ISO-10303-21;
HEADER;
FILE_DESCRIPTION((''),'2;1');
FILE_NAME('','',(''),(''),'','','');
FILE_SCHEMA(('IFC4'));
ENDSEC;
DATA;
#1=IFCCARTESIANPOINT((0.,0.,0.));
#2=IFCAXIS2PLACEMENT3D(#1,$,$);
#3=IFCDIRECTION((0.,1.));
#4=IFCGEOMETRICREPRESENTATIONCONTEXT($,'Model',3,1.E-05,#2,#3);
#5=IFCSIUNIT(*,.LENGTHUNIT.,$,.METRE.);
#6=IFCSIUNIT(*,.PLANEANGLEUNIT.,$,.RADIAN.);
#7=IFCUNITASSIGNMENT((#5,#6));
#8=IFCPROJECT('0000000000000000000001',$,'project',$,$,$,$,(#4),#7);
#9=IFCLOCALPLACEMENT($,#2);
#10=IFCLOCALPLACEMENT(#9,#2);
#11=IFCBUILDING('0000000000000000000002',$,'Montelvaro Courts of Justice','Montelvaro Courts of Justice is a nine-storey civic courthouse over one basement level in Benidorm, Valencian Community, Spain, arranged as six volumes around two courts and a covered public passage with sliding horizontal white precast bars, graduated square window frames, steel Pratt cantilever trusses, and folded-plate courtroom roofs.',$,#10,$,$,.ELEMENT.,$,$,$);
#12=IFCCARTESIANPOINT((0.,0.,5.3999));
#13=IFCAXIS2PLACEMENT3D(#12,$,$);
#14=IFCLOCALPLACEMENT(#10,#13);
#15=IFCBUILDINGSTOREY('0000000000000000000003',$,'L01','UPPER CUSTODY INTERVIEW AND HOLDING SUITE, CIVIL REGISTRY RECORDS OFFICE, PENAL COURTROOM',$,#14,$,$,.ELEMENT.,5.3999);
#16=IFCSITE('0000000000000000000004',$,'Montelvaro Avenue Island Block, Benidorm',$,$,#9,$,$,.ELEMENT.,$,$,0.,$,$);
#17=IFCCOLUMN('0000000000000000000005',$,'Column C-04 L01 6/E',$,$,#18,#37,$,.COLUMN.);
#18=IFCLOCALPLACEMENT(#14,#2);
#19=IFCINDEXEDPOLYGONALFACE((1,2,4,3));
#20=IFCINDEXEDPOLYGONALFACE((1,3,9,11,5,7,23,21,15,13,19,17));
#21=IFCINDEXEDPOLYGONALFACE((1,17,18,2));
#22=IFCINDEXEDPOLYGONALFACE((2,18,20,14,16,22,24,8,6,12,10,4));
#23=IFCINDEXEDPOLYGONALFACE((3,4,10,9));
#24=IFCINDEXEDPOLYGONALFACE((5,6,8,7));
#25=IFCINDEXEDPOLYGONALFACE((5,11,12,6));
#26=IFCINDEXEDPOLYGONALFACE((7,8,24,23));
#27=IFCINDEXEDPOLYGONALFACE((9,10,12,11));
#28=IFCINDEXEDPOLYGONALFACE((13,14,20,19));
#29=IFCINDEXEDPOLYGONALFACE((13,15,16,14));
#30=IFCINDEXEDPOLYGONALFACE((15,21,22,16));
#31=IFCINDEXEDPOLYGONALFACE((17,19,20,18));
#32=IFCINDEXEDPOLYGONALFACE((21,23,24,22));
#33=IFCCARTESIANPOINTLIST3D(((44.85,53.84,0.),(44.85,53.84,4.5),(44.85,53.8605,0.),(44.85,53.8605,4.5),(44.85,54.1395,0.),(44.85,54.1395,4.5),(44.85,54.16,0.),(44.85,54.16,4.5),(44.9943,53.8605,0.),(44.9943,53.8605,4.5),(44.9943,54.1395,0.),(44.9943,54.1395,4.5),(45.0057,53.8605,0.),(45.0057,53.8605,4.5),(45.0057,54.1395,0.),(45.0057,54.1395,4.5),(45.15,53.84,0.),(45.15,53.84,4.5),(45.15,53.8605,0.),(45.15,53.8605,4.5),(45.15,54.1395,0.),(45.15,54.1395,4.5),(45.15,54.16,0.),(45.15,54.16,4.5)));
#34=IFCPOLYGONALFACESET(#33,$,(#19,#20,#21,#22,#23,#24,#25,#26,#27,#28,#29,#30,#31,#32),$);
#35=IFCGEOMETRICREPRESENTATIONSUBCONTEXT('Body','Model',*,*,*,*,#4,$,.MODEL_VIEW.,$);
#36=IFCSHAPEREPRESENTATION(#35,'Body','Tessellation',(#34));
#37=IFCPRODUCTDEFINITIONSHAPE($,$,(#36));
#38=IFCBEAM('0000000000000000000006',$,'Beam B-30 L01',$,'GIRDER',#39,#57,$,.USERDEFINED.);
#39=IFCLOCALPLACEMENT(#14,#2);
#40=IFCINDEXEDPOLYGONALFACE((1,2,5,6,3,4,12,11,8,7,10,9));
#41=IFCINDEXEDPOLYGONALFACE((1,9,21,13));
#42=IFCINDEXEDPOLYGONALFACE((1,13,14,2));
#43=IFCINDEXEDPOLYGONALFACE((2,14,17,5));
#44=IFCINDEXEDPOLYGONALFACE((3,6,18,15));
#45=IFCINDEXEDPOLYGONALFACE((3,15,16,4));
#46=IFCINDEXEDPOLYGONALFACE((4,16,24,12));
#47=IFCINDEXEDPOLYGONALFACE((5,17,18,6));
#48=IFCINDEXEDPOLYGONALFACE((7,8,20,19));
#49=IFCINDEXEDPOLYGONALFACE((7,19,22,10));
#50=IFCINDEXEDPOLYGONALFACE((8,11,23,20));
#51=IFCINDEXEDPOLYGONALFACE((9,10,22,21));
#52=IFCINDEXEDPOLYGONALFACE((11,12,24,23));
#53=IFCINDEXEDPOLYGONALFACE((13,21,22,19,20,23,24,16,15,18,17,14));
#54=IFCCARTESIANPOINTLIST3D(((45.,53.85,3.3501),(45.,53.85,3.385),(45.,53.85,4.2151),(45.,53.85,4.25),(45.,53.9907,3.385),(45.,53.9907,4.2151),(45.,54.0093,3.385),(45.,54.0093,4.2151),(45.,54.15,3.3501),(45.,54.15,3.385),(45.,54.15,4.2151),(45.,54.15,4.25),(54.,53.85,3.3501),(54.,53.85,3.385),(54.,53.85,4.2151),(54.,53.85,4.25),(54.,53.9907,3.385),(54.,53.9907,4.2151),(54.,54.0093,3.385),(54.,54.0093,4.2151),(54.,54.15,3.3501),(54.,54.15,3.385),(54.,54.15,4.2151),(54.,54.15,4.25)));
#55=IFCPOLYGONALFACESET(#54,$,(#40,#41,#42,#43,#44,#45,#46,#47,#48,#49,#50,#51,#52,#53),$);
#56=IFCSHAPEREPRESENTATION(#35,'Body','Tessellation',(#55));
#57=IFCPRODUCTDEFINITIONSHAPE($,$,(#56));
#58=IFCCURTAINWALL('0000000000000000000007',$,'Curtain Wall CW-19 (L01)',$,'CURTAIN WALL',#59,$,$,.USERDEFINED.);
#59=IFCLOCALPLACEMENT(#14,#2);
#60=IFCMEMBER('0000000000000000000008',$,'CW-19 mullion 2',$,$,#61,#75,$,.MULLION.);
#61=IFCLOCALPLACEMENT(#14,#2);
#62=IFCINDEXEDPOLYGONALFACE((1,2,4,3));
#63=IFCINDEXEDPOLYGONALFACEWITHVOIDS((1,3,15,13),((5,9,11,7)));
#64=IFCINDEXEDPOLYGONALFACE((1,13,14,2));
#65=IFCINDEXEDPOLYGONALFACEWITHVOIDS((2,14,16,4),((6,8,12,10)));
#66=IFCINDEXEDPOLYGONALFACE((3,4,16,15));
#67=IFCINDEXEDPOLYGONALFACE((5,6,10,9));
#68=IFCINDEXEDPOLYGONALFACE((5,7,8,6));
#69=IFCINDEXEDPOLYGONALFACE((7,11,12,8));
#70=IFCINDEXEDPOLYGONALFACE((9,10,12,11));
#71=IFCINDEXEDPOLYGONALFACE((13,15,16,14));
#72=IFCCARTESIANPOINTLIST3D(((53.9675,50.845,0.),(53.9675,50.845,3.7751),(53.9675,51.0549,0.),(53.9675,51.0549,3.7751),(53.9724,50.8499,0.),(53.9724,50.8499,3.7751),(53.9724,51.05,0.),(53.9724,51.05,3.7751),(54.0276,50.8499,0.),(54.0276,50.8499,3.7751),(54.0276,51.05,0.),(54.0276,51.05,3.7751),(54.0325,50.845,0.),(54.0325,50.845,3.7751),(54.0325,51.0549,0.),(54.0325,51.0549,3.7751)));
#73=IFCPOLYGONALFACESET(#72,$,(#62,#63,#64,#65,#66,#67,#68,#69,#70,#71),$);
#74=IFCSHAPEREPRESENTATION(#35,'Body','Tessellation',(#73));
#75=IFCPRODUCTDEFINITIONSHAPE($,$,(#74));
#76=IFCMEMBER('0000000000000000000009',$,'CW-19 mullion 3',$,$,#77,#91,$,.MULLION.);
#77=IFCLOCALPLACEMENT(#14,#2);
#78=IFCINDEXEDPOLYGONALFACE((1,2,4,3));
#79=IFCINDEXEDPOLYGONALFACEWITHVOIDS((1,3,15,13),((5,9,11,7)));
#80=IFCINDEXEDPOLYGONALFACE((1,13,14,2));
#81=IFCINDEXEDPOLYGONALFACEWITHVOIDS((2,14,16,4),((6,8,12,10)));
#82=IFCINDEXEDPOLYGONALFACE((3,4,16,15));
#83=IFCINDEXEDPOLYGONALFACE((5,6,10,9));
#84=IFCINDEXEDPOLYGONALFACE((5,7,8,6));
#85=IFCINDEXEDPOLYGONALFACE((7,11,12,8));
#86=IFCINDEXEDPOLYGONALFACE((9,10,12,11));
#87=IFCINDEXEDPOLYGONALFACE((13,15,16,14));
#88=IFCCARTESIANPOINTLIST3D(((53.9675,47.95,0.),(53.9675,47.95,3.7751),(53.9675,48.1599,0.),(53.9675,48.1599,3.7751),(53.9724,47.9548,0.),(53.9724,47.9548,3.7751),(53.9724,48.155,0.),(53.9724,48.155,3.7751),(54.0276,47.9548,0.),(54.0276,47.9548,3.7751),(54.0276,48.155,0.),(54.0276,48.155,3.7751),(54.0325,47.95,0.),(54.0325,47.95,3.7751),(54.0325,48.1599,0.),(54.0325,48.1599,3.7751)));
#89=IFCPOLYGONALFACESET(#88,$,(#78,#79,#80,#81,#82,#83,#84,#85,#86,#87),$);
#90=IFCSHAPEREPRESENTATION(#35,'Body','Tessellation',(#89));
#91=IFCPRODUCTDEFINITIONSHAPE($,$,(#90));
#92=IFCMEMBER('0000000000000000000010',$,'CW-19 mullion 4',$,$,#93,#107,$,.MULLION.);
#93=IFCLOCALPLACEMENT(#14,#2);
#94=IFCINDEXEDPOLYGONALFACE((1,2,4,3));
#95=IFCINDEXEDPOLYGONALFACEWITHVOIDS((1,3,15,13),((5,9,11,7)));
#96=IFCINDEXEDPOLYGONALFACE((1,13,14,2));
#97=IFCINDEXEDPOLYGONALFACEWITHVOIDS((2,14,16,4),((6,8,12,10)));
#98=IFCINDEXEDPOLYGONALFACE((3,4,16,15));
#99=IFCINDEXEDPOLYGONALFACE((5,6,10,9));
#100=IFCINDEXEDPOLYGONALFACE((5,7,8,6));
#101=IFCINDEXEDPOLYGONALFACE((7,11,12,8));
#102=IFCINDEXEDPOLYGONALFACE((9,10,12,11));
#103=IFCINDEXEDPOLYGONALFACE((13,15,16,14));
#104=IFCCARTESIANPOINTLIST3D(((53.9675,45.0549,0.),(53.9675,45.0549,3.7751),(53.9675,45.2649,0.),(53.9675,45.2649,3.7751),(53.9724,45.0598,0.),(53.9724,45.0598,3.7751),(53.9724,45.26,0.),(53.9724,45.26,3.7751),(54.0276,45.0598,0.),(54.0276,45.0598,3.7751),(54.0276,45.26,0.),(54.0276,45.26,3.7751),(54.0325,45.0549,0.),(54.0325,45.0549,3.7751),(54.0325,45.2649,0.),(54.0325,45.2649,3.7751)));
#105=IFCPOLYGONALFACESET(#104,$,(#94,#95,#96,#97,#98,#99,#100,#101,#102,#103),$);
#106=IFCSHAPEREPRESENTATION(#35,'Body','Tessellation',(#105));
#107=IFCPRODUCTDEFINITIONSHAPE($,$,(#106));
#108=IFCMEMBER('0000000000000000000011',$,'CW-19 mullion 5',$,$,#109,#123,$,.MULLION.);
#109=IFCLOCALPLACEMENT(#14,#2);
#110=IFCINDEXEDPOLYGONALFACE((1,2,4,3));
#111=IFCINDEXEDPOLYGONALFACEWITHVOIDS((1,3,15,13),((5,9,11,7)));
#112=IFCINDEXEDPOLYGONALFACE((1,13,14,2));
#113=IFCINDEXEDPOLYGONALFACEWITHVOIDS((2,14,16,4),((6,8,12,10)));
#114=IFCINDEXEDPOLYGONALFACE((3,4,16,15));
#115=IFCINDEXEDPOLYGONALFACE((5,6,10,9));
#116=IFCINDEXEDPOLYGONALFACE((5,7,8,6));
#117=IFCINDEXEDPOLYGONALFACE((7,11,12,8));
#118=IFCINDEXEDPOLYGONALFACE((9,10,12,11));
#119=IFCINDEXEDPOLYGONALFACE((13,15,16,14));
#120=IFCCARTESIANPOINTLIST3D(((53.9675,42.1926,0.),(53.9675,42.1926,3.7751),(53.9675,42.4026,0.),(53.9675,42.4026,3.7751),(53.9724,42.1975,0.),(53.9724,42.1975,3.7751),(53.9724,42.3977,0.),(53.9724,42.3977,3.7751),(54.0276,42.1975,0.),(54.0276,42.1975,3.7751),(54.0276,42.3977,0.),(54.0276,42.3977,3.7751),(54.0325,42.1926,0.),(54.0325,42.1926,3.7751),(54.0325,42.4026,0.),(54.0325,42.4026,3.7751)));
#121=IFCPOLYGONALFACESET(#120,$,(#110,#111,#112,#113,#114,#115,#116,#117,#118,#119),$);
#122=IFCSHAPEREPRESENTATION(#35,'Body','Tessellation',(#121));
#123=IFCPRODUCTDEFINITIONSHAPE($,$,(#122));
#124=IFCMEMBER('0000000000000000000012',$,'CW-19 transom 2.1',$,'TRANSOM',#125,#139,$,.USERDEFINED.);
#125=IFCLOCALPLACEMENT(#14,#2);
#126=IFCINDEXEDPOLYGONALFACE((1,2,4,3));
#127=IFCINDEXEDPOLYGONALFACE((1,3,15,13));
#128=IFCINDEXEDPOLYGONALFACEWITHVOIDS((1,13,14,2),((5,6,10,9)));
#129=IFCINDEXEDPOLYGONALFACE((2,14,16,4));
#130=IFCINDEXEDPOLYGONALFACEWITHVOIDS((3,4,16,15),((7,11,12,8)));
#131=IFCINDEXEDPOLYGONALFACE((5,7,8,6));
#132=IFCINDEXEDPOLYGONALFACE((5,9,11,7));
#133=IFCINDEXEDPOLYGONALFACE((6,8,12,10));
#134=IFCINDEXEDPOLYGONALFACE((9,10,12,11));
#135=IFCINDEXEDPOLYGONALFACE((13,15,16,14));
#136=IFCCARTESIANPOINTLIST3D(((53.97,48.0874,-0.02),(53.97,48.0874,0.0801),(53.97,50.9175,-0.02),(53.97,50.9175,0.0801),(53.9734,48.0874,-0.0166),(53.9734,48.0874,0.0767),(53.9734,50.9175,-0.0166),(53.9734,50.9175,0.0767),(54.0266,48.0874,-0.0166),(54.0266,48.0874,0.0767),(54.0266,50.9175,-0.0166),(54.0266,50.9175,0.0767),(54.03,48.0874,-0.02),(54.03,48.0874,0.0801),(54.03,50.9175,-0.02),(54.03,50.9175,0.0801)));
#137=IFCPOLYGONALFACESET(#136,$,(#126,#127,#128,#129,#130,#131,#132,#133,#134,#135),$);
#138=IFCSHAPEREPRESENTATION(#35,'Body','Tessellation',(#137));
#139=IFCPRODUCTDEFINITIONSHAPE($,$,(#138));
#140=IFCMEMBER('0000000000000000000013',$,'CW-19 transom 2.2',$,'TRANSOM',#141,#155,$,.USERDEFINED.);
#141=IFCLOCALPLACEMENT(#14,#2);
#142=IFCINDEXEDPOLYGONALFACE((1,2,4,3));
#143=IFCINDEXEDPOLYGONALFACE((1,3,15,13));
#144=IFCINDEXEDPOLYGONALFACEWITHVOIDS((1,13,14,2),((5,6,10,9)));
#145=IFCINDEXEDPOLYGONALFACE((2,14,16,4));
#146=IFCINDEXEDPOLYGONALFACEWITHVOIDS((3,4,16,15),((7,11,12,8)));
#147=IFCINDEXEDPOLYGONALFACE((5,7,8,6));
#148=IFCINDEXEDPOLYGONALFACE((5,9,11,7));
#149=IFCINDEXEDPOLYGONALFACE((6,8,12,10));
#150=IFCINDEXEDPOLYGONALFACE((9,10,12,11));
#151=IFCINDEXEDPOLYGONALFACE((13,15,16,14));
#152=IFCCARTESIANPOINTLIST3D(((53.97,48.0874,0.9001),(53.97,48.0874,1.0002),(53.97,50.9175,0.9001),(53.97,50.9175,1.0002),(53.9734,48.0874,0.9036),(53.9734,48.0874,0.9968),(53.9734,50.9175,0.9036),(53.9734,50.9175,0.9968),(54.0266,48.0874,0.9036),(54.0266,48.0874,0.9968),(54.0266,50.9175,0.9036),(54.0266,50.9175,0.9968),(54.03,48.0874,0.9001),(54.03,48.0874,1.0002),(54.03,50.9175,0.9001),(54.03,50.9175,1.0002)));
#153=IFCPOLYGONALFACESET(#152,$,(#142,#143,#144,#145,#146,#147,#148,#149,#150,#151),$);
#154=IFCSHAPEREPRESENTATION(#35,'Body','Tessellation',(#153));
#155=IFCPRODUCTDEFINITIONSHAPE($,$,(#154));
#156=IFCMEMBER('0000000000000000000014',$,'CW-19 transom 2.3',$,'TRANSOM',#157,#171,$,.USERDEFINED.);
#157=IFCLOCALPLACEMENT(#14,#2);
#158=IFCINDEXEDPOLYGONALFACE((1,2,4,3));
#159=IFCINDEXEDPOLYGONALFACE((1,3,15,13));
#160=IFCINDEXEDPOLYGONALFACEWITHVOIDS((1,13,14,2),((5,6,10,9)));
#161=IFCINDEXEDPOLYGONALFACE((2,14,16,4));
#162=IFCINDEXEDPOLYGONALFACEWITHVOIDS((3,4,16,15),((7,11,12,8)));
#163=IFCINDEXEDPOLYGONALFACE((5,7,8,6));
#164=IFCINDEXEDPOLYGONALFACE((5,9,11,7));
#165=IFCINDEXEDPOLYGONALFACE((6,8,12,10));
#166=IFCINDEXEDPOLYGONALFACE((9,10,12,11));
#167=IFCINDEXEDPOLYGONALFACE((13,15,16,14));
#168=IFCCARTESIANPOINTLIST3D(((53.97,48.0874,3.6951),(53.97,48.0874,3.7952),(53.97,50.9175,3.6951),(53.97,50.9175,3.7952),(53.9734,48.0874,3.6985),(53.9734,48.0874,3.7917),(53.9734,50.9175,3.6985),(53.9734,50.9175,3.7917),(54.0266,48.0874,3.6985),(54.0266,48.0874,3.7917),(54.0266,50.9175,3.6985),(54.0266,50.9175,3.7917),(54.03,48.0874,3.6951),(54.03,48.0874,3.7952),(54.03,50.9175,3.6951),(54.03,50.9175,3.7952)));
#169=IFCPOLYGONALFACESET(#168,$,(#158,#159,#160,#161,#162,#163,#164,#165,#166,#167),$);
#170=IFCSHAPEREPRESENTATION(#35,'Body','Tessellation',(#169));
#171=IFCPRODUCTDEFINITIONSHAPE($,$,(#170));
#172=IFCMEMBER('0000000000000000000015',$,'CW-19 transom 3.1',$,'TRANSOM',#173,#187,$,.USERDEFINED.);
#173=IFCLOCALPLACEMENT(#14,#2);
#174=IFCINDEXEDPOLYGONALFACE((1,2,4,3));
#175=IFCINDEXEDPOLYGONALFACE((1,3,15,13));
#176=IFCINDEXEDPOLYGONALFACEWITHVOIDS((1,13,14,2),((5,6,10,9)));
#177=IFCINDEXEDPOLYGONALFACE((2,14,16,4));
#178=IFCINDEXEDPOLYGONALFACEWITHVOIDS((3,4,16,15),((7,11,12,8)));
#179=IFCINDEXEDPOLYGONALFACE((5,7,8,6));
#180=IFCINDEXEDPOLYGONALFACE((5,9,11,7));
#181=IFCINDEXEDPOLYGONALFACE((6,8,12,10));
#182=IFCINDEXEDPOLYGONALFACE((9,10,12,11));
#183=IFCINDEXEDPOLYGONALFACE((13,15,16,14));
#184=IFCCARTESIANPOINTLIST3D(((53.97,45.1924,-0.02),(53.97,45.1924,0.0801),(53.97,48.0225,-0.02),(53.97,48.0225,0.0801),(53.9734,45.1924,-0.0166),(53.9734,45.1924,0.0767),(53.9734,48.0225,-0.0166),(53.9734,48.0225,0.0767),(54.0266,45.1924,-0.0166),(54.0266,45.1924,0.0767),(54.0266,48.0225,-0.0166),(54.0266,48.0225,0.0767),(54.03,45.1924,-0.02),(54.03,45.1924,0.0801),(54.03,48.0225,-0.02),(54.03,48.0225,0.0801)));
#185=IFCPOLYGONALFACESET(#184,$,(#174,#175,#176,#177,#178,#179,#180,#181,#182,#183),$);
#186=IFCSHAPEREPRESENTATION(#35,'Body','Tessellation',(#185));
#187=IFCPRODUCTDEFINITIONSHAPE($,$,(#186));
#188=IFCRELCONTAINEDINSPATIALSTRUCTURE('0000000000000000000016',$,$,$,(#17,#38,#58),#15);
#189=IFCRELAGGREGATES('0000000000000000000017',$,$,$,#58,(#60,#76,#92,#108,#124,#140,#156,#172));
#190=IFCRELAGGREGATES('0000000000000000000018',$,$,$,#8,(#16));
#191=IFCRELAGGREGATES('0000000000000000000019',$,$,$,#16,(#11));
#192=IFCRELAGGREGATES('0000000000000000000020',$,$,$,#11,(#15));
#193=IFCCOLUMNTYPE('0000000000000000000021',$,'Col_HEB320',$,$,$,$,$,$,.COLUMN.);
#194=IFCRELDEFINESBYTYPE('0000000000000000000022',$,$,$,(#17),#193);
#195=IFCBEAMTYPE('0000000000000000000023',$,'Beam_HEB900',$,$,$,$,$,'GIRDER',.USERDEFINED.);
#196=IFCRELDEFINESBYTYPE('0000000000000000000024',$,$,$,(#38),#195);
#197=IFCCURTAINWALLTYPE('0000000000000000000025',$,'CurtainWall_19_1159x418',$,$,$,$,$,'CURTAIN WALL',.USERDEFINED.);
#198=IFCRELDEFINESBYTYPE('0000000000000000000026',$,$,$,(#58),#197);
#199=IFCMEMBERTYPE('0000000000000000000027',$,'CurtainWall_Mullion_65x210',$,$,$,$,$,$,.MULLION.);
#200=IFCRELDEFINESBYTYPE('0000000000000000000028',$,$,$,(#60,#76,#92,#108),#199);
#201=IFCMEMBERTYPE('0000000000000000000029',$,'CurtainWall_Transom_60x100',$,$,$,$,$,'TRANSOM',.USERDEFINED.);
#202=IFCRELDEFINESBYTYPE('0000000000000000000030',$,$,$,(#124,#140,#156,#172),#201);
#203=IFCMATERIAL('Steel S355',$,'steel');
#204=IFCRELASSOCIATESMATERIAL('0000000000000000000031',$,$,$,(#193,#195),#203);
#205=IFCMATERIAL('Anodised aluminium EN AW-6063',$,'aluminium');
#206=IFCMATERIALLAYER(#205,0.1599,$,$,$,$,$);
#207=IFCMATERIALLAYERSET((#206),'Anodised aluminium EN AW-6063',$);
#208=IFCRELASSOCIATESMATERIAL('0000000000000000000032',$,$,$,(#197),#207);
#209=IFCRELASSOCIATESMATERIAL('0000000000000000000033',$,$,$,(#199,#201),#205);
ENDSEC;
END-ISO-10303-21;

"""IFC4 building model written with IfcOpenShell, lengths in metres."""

from ifc_helpers import new_model, si_unit, direction, frame, origin, origin_2d, place, context, subcontext, project, spatial, hollow_rectangle, i_section, extrude, material, layer, layer_set, material_profile, profile_set, type_object, element, aggregate, save


model = new_model("IFC4")

# Units and contexts
model_context = context("Model", 3, precision=1e-05, world=origin(), true_north=direction((0.0, 1.0)))
body_context = subcontext(model_context, "Body", "Model", "MODEL_VIEW")
ifc_project = project(units=[si_unit("LENGTHUNIT", "METRE"), si_unit("PLANEANGLEUNIT", "RADIAN")], contexts=[model_context])

# Site, building, storey
site_placement = place(None, origin())
site = spatial("IfcSite", under=ifc_project, at=site_placement, Name="Montelvaro Avenue Island Block, Benidorm", CompositionType="ELEMENT", RefElevation=0.0)
building_placement = place(site_placement, origin())
building = spatial("IfcBuilding", under=site, at=building_placement, Name="Montelvaro Courts of Justice", Description="Montelvaro Courts of Justice is a nine-storey civic courthouse over one basement level in Benidorm, Valencian Community, Spain, arranged as six volumes around two courts and a covered public passage with sliding horizontal white precast bars, graduated square window frames, steel Pratt cantilever trusses, and folded-plate courtroom roofs.", CompositionType="ELEMENT")
storey_placement = place(building_placement, frame((0.0, 0.0, 5.3999)))
storey = spatial("IfcBuildingStorey", under=building, at=storey_placement, Name="L01", Description="UPPER CUSTODY INTERVIEW AND HOLDING SUITE, CIVIL REGISTRY RECORDS OFFICE, PENAL COURTROOM", CompositionType="ELEMENT", Elevation=5.3999)

# Column
ifc_material_1 = material(Name="Steel S355", Category="steel")
ifc_material_profile_1 = material_profile(ifc_material_1, i_section(OverallWidth=0.3, OverallDepth=0.3201, WebThickness=0.0115, FlangeThickness=0.0205, at=origin_2d()), Name="HEB 320")
ifc_profile_set_1 = profile_set([ifc_material_profile_1], Name="Steel S355")
column_type = type_object("IfcColumnType", Name="Col_HEB320", PredefinedType="COLUMN", material=ifc_profile_set_1)
column_placement = place(storey_placement, frame((45.0, 54.0, 0.0), z_axis=(0.0, 0.0, 1.0), x_axis=(1.0, 0.0, 0.0)))
element("IfcColumn", 1, at=column_placement, inside=storey, type_object=column_type, Name="Column C-04 L01 6/E", PredefinedType="COLUMN", context=body_context, shape_type="SweptSolid", body=[
    extrude(i_section(OverallWidth=0.3, OverallDepth=0.3201, WebThickness=0.0115, FlangeThickness=0.0205, at=origin_2d()), origin(), (0.0, 0.0, 1.0), 4.5),
])

# Beam
ifc_material_profile_2 = material_profile(ifc_material_1, i_section(OverallWidth=0.3, OverallDepth=0.8999, WebThickness=0.0186, FlangeThickness=0.0349, at=origin_2d()), Name="HEB 900")
ifc_profile_set_2 = profile_set([ifc_material_profile_2], Name="Steel S355")
beam_type = type_object("IfcBeamType", Name="Beam_HEB900", ElementType="GIRDER", PredefinedType="USERDEFINED", material=ifc_profile_set_2)
beam_placement = place(storey_placement, frame((45.0, 54.0, 3.8), z_axis=(1.0, 0.0, 0.0), x_axis=(0.0, 1.0, 0.0)))
element("IfcBeam", 2, at=beam_placement, inside=storey, type_object=beam_type, Name="Beam B-30 L01", ObjectType="GIRDER", PredefinedType="USERDEFINED", context=body_context, shape_type="SweptSolid", body=[
    extrude(i_section(OverallWidth=0.3, OverallDepth=0.8999, WebThickness=0.0186, FlangeThickness=0.0349, at=origin_2d()), origin(), (0.0, 0.0, 1.0), 9.0),
])

# Curtain wall, members
ifc_material_2 = material(Name="Anodised aluminium EN AW-6063", Category="aluminium")
ifc_layer_1 = layer(ifc_material_2, 0.1599)
ifc_layer_set_1 = layer_set([ifc_layer_1], Name="Anodised aluminium EN AW-6063")
curtain_wall_type = type_object("IfcCurtainWallType", Name="CurtainWall_19_1159x418", ElementType="CURTAIN WALL", PredefinedType="USERDEFINED", material=ifc_layer_set_1)
curtain_wall_placement = place(storey_placement, origin())
curtain_wall = element("IfcCurtainWall", 3, at=curtain_wall_placement, inside=storey, type_object=curtain_wall_type, Name="Curtain Wall CW-19 (L01)", ObjectType="CURTAIN WALL", PredefinedType="USERDEFINED")
ifc_material_profile_3 = material_profile(ifc_material_2, hollow_rectangle(XDim=0.0649, YDim=0.21, WallThickness=0.0049, at=origin_2d()), Name="ALU-M 65x210")
ifc_profile_set_3 = profile_set([ifc_material_profile_3], Name="Anodised aluminium EN AW-6063")
member_type_1 = type_object("IfcMemberType", Name="CurtainWall_Mullion_65x210", PredefinedType="MULLION", material=ifc_profile_set_3)
member_1_placement = place(storey_placement, frame((54.0, 50.95, 0.0), z_axis=(0.0, 0.0, 1.0), x_axis=(1.0, 0.0, 0.0)))
member_1 = element("IfcMember", 4, at=member_1_placement, type_object=member_type_1, Name="CW-19 mullion 2", PredefinedType="MULLION", context=body_context, shape_type="SweptSolid", body=[
    extrude(hollow_rectangle(XDim=0.0649, YDim=0.21, WallThickness=0.0049, at=origin_2d()), origin(), (0.0, 0.0, 1.0), 3.7751),
])
member_2_placement = place(storey_placement, frame((54.0, 48.0549, 0.0), z_axis=(0.0, 0.0, 1.0), x_axis=(1.0, 0.0, 0.0)))
member_2 = element("IfcMember", 5, at=member_2_placement, type_object=member_type_1, Name="CW-19 mullion 3", PredefinedType="MULLION", context=body_context, shape_type="SweptSolid", body=[
    extrude(hollow_rectangle(XDim=0.0649, YDim=0.21, WallThickness=0.0049, at=origin_2d()), origin(), (0.0, 0.0, 1.0), 3.7751),
])
member_3_placement = place(storey_placement, frame((54.0, 45.1599, 0.0), z_axis=(0.0, 0.0, 1.0), x_axis=(1.0, 0.0, 0.0)))
member_3 = element("IfcMember", 6, at=member_3_placement, type_object=member_type_1, Name="CW-19 mullion 4", PredefinedType="MULLION", context=body_context, shape_type="SweptSolid", body=[
    extrude(hollow_rectangle(XDim=0.0649, YDim=0.21, WallThickness=0.0049, at=origin_2d()), origin(), (0.0, 0.0, 1.0), 3.7751),
])
member_4_placement = place(storey_placement, frame((54.0, 42.2976, 0.0), z_axis=(0.0, 0.0, 1.0), x_axis=(1.0, 0.0, 0.0)))
member_4 = element("IfcMember", 7, at=member_4_placement, type_object=member_type_1, Name="CW-19 mullion 5", PredefinedType="MULLION", context=body_context, shape_type="SweptSolid", body=[
    extrude(hollow_rectangle(XDim=0.0649, YDim=0.21, WallThickness=0.0049, at=origin_2d()), origin(), (0.0, 0.0, 1.0), 3.7751),
])
ifc_material_profile_4 = material_profile(ifc_material_2, hollow_rectangle(XDim=0.0601, YDim=0.1001, WallThickness=0.0034, at=origin_2d()), Name="ALU-T 60x100")
ifc_profile_set_4 = profile_set([ifc_material_profile_4], Name="Anodised aluminium EN AW-6063")
member_type_2 = type_object("IfcMemberType", Name="CurtainWall_Transom_60x100", ElementType="TRANSOM", PredefinedType="USERDEFINED", material=ifc_profile_set_4)
member_5_placement = place(storey_placement, frame((54.0, 50.9175, 0.03), z_axis=(0.0, -1.0, 0.0), x_axis=(1.0, 0.0, 0.0)))
member_5 = element("IfcMember", 8, at=member_5_placement, type_object=member_type_2, Name="CW-19 transom 2.1", ObjectType="TRANSOM", PredefinedType="USERDEFINED", context=body_context, shape_type="SweptSolid", body=[
    extrude(hollow_rectangle(XDim=0.0601, YDim=0.1001, WallThickness=0.0034, at=origin_2d()), origin(), (0.0, 0.0, 1.0), 2.8301),
])
member_6_placement = place(storey_placement, frame((54.0, 50.9175, 0.9502), z_axis=(0.0, -1.0, 0.0), x_axis=(1.0, 0.0, 0.0)))
member_6 = element("IfcMember", 9, at=member_6_placement, type_object=member_type_2, Name="CW-19 transom 2.2", ObjectType="TRANSOM", PredefinedType="USERDEFINED", context=body_context, shape_type="SweptSolid", body=[
    extrude(hollow_rectangle(XDim=0.0601, YDim=0.1001, WallThickness=0.0034, at=origin_2d()), origin(), (0.0, 0.0, 1.0), 2.8301),
])
member_7_placement = place(storey_placement, frame((54.0, 50.9175, 3.7451), z_axis=(0.0, -1.0, 0.0), x_axis=(1.0, 0.0, 0.0)))
member_7 = element("IfcMember", 10, at=member_7_placement, type_object=member_type_2, Name="CW-19 transom 2.3", ObjectType="TRANSOM", PredefinedType="USERDEFINED", context=body_context, shape_type="SweptSolid", body=[
    extrude(hollow_rectangle(XDim=0.0601, YDim=0.1001, WallThickness=0.0034, at=origin_2d()), origin(), (0.0, 0.0, 1.0), 2.8301),
])
member_8_placement = place(storey_placement, frame((54.0, 48.0225, 0.03), z_axis=(0.0, -1.0, 0.0), x_axis=(1.0, 0.0, 0.0)))
member_8 = element("IfcMember", 11, at=member_8_placement, type_object=member_type_2, Name="CW-19 transom 3.1", ObjectType="TRANSOM", PredefinedType="USERDEFINED", context=body_context, shape_type="SweptSolid", body=[
    extrude(hollow_rectangle(XDim=0.0601, YDim=0.1001, WallThickness=0.0034, at=origin_2d()), origin(), (0.0, 0.0, 1.0), 2.8301),
])
aggregate(curtain_wall, [member_1, member_2, member_3, member_4, member_5, member_6, member_7, member_8])

save(model, "model.ifc")
